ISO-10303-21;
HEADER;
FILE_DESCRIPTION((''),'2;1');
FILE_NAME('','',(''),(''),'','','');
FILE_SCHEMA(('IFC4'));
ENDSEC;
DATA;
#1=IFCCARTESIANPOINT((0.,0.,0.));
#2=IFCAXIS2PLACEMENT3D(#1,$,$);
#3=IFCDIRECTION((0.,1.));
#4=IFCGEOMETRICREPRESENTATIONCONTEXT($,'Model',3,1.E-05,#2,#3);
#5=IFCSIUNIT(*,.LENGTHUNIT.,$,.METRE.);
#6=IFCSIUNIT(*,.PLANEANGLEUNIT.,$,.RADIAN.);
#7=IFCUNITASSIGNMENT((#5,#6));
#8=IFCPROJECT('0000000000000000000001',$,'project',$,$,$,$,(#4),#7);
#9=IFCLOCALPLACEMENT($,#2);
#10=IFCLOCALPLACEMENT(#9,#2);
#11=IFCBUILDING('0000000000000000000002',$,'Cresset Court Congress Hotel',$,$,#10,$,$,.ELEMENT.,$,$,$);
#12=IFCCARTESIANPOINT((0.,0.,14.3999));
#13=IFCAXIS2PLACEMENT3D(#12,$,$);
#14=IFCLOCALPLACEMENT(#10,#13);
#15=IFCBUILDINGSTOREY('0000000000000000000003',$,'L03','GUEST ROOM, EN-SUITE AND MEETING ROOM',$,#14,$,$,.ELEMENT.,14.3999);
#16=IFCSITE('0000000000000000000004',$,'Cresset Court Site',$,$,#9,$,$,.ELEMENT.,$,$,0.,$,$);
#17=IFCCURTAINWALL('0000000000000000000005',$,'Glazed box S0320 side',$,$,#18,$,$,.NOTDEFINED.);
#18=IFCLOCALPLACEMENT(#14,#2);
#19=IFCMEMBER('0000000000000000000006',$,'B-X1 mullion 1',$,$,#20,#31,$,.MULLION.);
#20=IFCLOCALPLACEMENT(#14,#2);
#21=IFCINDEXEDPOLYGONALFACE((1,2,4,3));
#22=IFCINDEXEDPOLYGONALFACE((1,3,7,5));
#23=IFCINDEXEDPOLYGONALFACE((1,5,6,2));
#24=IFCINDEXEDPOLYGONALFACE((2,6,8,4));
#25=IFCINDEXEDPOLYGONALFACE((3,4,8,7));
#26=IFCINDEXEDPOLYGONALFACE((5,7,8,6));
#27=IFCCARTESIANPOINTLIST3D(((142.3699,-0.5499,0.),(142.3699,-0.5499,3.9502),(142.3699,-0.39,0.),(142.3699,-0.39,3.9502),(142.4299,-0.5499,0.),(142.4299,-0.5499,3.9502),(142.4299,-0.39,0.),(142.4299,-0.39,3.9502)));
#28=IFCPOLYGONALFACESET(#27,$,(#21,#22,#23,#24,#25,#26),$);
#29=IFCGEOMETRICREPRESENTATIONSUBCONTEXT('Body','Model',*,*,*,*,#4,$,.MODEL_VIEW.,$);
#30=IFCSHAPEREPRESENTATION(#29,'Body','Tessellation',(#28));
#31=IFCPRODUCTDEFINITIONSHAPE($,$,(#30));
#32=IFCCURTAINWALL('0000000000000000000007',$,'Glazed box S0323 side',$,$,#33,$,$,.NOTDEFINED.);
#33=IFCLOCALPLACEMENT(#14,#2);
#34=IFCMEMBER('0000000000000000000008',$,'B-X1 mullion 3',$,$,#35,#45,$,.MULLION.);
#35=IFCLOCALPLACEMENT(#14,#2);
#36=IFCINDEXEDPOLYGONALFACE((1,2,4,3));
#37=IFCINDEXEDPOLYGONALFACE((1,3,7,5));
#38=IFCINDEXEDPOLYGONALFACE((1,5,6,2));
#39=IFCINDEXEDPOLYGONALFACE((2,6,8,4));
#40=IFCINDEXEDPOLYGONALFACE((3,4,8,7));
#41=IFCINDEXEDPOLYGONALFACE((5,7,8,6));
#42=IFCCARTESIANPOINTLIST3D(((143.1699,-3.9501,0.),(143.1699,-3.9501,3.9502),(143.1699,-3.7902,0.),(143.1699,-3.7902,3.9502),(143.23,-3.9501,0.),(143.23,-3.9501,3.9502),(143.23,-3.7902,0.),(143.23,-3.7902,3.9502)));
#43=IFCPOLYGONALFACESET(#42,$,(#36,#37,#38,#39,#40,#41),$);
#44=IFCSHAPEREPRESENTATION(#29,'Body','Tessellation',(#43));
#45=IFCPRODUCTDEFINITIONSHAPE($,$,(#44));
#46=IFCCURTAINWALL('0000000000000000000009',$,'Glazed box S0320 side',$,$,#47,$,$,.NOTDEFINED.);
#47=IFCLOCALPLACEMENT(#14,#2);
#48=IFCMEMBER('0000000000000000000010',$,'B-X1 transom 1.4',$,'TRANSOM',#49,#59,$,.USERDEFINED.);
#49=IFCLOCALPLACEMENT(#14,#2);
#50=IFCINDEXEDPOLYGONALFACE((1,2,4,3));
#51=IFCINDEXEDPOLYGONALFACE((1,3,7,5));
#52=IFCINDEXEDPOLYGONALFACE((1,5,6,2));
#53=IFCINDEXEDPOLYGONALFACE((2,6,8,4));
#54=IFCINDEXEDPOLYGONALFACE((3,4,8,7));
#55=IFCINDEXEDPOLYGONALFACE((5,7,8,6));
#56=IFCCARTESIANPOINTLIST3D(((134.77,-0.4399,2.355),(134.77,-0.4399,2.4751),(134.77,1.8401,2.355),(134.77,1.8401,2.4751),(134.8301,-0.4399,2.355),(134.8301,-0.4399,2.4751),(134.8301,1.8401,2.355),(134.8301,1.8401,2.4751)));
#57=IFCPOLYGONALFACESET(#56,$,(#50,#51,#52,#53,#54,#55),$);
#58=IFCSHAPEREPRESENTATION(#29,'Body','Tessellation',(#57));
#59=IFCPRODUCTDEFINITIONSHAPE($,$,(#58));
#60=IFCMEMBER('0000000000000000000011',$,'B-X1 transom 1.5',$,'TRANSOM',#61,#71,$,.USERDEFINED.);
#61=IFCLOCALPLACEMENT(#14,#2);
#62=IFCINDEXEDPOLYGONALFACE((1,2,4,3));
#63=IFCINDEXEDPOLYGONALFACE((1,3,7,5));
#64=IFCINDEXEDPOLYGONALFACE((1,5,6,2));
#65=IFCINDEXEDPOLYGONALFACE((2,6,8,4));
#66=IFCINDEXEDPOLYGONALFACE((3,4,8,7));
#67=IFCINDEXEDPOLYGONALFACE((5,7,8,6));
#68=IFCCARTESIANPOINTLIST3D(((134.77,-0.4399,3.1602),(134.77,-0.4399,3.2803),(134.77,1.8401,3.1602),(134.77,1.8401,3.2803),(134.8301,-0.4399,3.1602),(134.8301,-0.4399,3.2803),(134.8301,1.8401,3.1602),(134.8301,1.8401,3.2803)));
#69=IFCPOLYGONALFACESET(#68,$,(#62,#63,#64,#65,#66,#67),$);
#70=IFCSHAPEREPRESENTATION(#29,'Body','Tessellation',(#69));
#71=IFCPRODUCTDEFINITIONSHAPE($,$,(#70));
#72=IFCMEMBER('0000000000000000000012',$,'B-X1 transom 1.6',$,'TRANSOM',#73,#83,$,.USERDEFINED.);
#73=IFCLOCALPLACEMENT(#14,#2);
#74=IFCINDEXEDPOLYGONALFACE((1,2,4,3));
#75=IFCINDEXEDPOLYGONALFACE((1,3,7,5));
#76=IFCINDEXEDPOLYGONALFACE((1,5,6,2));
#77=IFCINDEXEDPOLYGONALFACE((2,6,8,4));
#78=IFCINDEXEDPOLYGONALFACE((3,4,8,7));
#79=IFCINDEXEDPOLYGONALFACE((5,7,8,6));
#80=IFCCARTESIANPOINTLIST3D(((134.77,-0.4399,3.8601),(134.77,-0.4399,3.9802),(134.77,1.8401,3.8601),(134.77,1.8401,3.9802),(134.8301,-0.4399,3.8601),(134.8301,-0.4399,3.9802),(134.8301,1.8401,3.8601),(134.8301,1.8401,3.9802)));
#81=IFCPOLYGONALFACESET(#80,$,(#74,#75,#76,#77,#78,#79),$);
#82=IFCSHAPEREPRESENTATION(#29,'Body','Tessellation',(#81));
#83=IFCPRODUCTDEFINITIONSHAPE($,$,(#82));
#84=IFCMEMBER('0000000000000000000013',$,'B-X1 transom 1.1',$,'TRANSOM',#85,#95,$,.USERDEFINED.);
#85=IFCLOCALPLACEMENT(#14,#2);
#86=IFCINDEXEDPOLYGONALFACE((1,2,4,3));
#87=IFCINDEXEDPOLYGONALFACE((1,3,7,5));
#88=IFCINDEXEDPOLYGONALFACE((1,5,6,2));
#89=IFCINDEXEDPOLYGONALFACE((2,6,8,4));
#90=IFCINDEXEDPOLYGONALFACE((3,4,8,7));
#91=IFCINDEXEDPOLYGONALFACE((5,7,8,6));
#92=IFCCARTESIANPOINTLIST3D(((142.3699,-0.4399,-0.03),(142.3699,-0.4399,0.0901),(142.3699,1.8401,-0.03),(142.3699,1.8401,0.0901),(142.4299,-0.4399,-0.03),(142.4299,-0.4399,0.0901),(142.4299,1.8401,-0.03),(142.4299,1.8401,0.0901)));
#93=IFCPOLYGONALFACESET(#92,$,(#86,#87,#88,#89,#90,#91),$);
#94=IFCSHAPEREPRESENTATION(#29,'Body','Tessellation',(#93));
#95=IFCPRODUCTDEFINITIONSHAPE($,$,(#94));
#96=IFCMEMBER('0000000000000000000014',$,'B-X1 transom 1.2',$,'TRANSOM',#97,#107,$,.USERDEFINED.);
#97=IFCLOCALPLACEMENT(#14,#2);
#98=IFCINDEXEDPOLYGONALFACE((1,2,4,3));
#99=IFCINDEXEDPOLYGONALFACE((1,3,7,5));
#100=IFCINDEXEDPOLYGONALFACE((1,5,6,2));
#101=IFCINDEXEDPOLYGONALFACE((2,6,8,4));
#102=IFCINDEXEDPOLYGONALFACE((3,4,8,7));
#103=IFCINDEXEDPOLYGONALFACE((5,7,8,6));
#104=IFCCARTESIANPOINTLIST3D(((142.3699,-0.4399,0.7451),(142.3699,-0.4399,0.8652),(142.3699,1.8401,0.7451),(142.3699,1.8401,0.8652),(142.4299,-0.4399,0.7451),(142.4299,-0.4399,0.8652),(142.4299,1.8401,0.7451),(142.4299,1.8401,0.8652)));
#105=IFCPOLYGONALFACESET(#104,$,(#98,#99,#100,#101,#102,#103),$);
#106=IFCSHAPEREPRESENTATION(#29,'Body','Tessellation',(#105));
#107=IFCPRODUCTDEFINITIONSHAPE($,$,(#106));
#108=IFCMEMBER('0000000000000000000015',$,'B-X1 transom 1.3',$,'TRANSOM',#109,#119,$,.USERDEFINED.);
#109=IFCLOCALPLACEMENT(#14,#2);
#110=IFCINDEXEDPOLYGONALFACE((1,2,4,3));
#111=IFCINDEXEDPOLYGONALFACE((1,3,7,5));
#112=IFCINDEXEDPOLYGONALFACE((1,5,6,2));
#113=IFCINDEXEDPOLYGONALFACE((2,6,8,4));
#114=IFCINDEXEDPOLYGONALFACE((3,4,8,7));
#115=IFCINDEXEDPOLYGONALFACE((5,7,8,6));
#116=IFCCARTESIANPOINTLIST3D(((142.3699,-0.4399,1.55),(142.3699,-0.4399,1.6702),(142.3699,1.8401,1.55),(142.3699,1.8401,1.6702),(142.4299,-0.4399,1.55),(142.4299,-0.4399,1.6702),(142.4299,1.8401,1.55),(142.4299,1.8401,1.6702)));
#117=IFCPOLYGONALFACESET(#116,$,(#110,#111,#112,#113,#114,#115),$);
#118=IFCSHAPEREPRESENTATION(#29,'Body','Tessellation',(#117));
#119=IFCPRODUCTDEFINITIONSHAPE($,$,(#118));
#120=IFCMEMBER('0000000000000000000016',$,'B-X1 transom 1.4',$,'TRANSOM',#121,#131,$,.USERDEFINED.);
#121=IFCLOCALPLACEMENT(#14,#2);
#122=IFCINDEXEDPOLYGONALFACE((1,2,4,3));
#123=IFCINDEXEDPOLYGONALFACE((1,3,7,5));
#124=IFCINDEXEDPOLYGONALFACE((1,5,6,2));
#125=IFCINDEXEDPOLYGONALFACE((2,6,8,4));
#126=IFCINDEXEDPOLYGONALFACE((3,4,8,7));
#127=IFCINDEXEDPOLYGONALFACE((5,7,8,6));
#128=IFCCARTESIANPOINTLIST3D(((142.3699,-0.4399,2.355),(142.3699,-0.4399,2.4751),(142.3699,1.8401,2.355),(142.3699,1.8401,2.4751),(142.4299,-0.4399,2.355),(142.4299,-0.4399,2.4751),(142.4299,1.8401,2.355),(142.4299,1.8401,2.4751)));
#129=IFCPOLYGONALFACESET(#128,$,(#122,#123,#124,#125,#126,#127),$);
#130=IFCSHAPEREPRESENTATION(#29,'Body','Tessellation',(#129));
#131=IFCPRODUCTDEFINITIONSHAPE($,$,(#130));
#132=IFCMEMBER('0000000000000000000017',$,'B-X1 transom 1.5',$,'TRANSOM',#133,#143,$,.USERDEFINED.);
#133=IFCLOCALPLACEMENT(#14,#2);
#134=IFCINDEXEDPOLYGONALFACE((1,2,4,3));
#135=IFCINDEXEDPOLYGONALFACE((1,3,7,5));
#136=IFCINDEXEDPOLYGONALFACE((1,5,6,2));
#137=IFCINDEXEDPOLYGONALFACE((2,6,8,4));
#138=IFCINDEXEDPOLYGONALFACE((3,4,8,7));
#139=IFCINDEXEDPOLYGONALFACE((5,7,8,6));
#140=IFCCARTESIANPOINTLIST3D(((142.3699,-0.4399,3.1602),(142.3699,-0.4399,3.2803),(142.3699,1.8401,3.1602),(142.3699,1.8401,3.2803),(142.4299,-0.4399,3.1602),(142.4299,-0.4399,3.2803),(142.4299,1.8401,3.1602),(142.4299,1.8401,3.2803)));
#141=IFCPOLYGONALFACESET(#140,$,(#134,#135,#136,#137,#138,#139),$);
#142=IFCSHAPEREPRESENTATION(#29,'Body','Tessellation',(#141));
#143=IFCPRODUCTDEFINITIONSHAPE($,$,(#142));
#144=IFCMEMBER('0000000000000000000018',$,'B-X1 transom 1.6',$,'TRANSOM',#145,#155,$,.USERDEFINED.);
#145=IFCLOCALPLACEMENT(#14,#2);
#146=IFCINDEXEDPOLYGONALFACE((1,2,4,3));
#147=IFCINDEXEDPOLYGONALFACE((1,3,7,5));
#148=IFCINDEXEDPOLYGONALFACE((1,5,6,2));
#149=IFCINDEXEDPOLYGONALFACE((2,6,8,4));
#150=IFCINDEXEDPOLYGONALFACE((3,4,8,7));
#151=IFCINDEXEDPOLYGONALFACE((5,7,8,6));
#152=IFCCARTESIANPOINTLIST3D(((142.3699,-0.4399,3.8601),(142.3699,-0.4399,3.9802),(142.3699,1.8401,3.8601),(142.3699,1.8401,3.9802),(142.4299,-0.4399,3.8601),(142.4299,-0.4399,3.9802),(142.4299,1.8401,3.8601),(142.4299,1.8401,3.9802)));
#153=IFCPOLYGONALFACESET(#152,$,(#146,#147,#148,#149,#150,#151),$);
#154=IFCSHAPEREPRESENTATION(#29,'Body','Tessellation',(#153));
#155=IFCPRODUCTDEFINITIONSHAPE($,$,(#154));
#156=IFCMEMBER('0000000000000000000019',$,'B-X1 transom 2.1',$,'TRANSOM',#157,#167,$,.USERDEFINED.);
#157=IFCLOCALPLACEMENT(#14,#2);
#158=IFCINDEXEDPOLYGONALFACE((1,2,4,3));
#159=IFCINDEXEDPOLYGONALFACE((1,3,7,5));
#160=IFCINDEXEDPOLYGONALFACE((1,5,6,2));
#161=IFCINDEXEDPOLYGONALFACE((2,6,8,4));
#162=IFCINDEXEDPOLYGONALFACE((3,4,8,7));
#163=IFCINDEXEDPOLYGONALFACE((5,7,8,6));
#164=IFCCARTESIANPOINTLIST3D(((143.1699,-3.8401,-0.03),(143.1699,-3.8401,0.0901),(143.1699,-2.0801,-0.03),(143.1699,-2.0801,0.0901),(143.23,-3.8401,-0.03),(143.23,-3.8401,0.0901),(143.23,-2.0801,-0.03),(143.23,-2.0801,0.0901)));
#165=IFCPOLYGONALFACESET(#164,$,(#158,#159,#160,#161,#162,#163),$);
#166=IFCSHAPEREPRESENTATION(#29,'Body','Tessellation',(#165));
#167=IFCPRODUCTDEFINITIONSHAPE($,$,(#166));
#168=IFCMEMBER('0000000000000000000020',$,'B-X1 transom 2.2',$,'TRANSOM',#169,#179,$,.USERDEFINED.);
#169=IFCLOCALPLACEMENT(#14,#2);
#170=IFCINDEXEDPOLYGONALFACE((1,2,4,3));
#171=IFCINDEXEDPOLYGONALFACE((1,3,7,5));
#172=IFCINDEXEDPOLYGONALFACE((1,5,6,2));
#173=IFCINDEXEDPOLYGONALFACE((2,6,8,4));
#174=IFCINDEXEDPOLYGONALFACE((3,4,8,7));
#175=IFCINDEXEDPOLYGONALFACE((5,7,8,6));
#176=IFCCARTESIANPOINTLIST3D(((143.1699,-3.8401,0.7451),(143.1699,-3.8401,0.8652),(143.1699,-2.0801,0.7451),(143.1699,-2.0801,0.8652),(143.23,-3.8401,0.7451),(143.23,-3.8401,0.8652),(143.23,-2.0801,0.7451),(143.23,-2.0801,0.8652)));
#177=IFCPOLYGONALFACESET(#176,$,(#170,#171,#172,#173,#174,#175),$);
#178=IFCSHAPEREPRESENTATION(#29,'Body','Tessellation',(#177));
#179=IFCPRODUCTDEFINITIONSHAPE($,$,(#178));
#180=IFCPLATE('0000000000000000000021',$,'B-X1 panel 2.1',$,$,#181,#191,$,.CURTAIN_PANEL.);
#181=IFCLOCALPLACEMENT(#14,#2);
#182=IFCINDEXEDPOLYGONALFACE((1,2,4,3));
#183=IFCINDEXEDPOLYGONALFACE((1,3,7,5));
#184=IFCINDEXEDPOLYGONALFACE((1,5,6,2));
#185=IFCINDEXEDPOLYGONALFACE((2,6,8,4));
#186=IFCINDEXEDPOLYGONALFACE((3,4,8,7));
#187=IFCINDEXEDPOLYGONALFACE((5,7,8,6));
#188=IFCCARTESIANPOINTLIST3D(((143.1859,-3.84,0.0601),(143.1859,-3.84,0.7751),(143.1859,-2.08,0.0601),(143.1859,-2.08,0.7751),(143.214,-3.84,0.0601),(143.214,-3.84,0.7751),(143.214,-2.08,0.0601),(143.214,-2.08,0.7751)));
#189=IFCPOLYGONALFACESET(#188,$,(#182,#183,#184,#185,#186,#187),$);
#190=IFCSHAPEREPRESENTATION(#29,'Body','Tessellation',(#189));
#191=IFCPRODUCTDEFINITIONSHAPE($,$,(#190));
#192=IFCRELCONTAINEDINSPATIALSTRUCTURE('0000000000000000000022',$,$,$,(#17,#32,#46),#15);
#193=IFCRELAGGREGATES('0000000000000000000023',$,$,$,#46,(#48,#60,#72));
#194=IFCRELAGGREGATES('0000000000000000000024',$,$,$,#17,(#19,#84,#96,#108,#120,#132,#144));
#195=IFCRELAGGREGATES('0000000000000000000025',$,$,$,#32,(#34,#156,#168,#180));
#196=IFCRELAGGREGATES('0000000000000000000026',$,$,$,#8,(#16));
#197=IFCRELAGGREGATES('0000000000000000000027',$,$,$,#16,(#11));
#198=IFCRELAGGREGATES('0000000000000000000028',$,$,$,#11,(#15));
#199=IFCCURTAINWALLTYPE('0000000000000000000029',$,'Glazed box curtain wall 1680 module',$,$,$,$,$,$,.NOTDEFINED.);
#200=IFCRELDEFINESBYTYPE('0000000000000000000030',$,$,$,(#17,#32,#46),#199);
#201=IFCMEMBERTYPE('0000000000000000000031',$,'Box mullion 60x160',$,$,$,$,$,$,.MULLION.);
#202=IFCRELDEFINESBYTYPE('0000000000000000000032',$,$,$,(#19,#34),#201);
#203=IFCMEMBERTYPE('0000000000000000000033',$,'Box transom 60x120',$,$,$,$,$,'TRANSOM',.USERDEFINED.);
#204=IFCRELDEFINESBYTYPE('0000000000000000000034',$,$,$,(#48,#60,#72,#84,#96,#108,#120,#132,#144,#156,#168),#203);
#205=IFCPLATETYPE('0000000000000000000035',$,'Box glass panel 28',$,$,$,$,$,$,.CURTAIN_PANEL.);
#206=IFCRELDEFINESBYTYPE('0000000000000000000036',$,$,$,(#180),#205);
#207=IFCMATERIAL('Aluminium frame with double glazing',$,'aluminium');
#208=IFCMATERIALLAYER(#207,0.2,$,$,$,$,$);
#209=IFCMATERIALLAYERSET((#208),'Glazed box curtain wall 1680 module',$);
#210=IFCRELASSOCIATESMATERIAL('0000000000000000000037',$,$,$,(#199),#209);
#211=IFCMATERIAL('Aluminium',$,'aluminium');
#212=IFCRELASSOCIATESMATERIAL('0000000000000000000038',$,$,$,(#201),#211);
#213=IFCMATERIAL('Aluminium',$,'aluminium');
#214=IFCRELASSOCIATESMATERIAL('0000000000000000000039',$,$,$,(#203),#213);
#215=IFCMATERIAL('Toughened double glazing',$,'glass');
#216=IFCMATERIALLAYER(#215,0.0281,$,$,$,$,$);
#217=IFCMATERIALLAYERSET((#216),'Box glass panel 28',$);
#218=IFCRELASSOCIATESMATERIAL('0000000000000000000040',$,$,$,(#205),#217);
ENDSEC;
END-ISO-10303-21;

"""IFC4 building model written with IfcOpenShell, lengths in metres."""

from ifc_helpers import new_model, si_unit, direction, frame, origin, origin_2d, place, context, subcontext, project, spatial, rectangle, extrude, material, layer, layer_set, material_profile, profile_set, type_object, element, aggregate, save


model = new_model("IFC4")

# Units and contexts
model_context = context("Model", 3, precision=1e-05, world=origin(), true_north=direction((0.0, 1.0)))
body_context = subcontext(model_context, "Body", "Model", "MODEL_VIEW")
ifc_project = project(units=[si_unit("LENGTHUNIT", "METRE"), si_unit("PLANEANGLEUNIT", "RADIAN")], contexts=[model_context])

# Site, building, storey
site_placement = place(None, origin())
site = spatial("IfcSite", under=ifc_project, at=site_placement, Name="Cresset Court Site", CompositionType="ELEMENT", RefElevation=0.0)
building_placement = place(site_placement, origin())
building = spatial("IfcBuilding", under=site, at=building_placement, Name="Cresset Court Congress Hotel", CompositionType="ELEMENT")
storey_placement = place(building_placement, frame((0.0, 0.0, 14.3999)))
storey = spatial("IfcBuildingStorey", under=building, at=storey_placement, Name="L03", Description="GUEST ROOM, EN-SUITE AND MEETING ROOM", CompositionType="ELEMENT", Elevation=14.3999)

# Curtain walls, members
ifc_material_1 = material(Name="Aluminium frame with double glazing", Category="aluminium")
ifc_layer_1 = layer(ifc_material_1, 0.2)
ifc_layer_set_1 = layer_set([ifc_layer_1], Name="Glazed box curtain wall 1680 module")
curtain_wall_type = type_object("IfcCurtainWallType", Name="Glazed box curtain wall 1680 module", PredefinedType="NOTDEFINED", material=ifc_layer_set_1)
curtain_wall_1_placement = place(storey_placement, origin())
curtain_wall_1 = element("IfcCurtainWall", 1, at=curtain_wall_1_placement, inside=storey, type_object=curtain_wall_type, Name="Glazed box S0320 side", PredefinedType="NOTDEFINED")
ifc_material_2 = material(Name="Aluminium", Category="aluminium")
ifc_material_profile_1 = material_profile(ifc_material_2, rectangle(XDim=0.0601, YDim=0.1599, at=origin_2d()), Name="Box mullion 60x160")
ifc_profile_set_1 = profile_set([ifc_material_profile_1], Name="Aluminium")
member_type_1 = type_object("IfcMemberType", Name="Box mullion 60x160", PredefinedType="MULLION", material=ifc_profile_set_1)
member_1_placement = place(storey_placement, frame((142.3999, -0.47, 0.0), z_axis=(0.0, 0.0, 1.0), x_axis=(-1.0, 0.0, 0.0)))
member_1 = element("IfcMember", 2, at=member_1_placement, type_object=member_type_1, Name="B-X1 mullion 1", PredefinedType="MULLION", context=body_context, shape_type="SweptSolid", body=[
    extrude(rectangle(XDim=0.0601, YDim=0.1599, at=origin_2d()), origin(), (0.0, 0.0, 1.0), 3.9502),
])
curtain_wall_2_placement = place(storey_placement, origin())
curtain_wall_2 = element("IfcCurtainWall", 3, at=curtain_wall_2_placement, inside=storey, type_object=curtain_wall_type, Name="Glazed box S0323 side", PredefinedType="NOTDEFINED")
member_2_placement = place(storey_placement, frame((143.2, -3.8701, 0.0), z_axis=(0.0, 0.0, 1.0), x_axis=(1.0, 0.0, 0.0)))
member_2 = element("IfcMember", 4, at=member_2_placement, type_object=member_type_1, Name="B-X1 mullion 3", PredefinedType="MULLION", context=body_context, shape_type="SweptSolid", body=[
    extrude(rectangle(XDim=0.0601, YDim=0.1599, at=origin_2d()), origin(), (0.0, 0.0, 1.0), 3.9502),
])

# Curtain wall, members
curtain_wall_3_placement = place(storey_placement, origin())
curtain_wall_3 = element("IfcCurtainWall", 5, at=curtain_wall_3_placement, inside=storey, type_object=curtain_wall_type, Name="Glazed box S0320 side", PredefinedType="NOTDEFINED")
ifc_material_3 = material(Name="Aluminium", Category="aluminium")
ifc_material_profile_2 = material_profile(ifc_material_3, rectangle(XDim=0.0601, YDim=0.1201, at=origin_2d()), Name="Box transom 60x120")
ifc_profile_set_2 = profile_set([ifc_material_profile_2], Name="Aluminium")
member_type_2 = type_object("IfcMemberType", Name="Box transom 60x120", ElementType="TRANSOM", PredefinedType="USERDEFINED", material=ifc_profile_set_2)
member_3_placement = place(storey_placement, frame((134.8, -0.4399, 2.415), z_axis=(0.0, 1.0, 0.0), x_axis=(-1.0, 0.0, 0.0)))
member_3 = element("IfcMember", 6, at=member_3_placement, type_object=member_type_2, Name="B-X1 transom 1.4", ObjectType="TRANSOM", PredefinedType="USERDEFINED", context=body_context, shape_type="SweptSolid", body=[
    extrude(rectangle(XDim=0.0601, YDim=0.1201, at=origin_2d()), origin(), (0.0, 0.0, 1.0), 2.28),
])
member_4_placement = place(storey_placement, frame((134.8, -0.4399, 3.2202), z_axis=(0.0, 1.0, 0.0), x_axis=(-1.0, 0.0, 0.0)))
member_4 = element("IfcMember", 7, at=member_4_placement, type_object=member_type_2, Name="B-X1 transom 1.5", ObjectType="TRANSOM", PredefinedType="USERDEFINED", context=body_context, shape_type="SweptSolid", body=[
    extrude(rectangle(XDim=0.0601, YDim=0.1201, at=origin_2d()), origin(), (0.0, 0.0, 1.0), 2.28),
])
member_5_placement = place(storey_placement, frame((134.8, -0.4399, 3.9202), z_axis=(0.0, 1.0, 0.0), x_axis=(-1.0, 0.0, 0.0)))
member_5 = element("IfcMember", 8, at=member_5_placement, type_object=member_type_2, Name="B-X1 transom 1.6", ObjectType="TRANSOM", PredefinedType="USERDEFINED", context=body_context, shape_type="SweptSolid", body=[
    extrude(rectangle(XDim=0.0601, YDim=0.1201, at=origin_2d()), origin(), (0.0, 0.0, 1.0), 2.28),
])
aggregate(curtain_wall_3, [member_3, member_4, member_5])

# Members
member_6_placement = place(storey_placement, frame((142.3999, -0.4399, 0.03), z_axis=(0.0, 1.0, 0.0), x_axis=(-1.0, 0.0, 0.0)))
member_6 = element("IfcMember", 9, at=member_6_placement, type_object=member_type_2, Name="B-X1 transom 1.1", ObjectType="TRANSOM", PredefinedType="USERDEFINED", context=body_context, shape_type="SweptSolid", body=[
    extrude(rectangle(XDim=0.0601, YDim=0.1201, at=origin_2d()), origin(), (0.0, 0.0, 1.0), 2.28),
])
member_7_placement = place(storey_placement, frame((142.3999, -0.4399, 0.8052), z_axis=(0.0, 1.0, 0.0), x_axis=(-1.0, 0.0, 0.0)))
member_7 = element("IfcMember", 10, at=member_7_placement, type_object=member_type_2, Name="B-X1 transom 1.2", ObjectType="TRANSOM", PredefinedType="USERDEFINED", context=body_context, shape_type="SweptSolid", body=[
    extrude(rectangle(XDim=0.0601, YDim=0.1201, at=origin_2d()), origin(), (0.0, 0.0, 1.0), 2.28),
])
member_8_placement = place(storey_placement, frame((142.3999, -0.4399, 1.6101), z_axis=(0.0, 1.0, 0.0), x_axis=(-1.0, 0.0, 0.0)))
member_8 = element("IfcMember", 11, at=member_8_placement, type_object=member_type_2, Name="B-X1 transom 1.3", ObjectType="TRANSOM", PredefinedType="USERDEFINED", context=body_context, shape_type="SweptSolid", body=[
    extrude(rectangle(XDim=0.0601, YDim=0.1201, at=origin_2d()), origin(), (0.0, 0.0, 1.0), 2.28),
])
member_9_placement = place(storey_placement, frame((142.3999, -0.4399, 2.415), z_axis=(0.0, 1.0, 0.0), x_axis=(-1.0, 0.0, 0.0)))
member_9 = element("IfcMember", 12, at=member_9_placement, type_object=member_type_2, Name="B-X1 transom 1.4", ObjectType="TRANSOM", PredefinedType="USERDEFINED", context=body_context, shape_type="SweptSolid", body=[
    extrude(rectangle(XDim=0.0601, YDim=0.1201, at=origin_2d()), origin(), (0.0, 0.0, 1.0), 2.28),
])
member_10_placement = place(storey_placement, frame((142.3999, -0.4399, 3.2202), z_axis=(0.0, 1.0, 0.0), x_axis=(-1.0, 0.0, 0.0)))
member_10 = element("IfcMember", 13, at=member_10_placement, type_object=member_type_2, Name="B-X1 transom 1.5", ObjectType="TRANSOM", PredefinedType="USERDEFINED", context=body_context, shape_type="SweptSolid", body=[
    extrude(rectangle(XDim=0.0601, YDim=0.1201, at=origin_2d()), origin(), (0.0, 0.0, 1.0), 2.28),
])
member_11_placement = place(storey_placement, frame((142.3999, -0.4399, 3.9202), z_axis=(0.0, 1.0, 0.0), x_axis=(-1.0, 0.0, 0.0)))
member_11 = element("IfcMember", 14, at=member_11_placement, type_object=member_type_2, Name="B-X1 transom 1.6", ObjectType="TRANSOM", PredefinedType="USERDEFINED", context=body_context, shape_type="SweptSolid", body=[
    extrude(rectangle(XDim=0.0601, YDim=0.1201, at=origin_2d()), origin(), (0.0, 0.0, 1.0), 2.28),
])
aggregate(curtain_wall_1, [member_1, member_6, member_7, member_8, member_9, member_10, member_11])
member_12_placement = place(storey_placement, frame((143.2, -2.0801, 0.03), z_axis=(0.0, -1.0, 0.0), x_axis=(1.0, 0.0, 0.0)))
member_12 = element("IfcMember", 15, at=member_12_placement, type_object=member_type_2, Name="B-X1 transom 2.1", ObjectType="TRANSOM", PredefinedType="USERDEFINED", context=body_context, shape_type="SweptSolid", body=[
    extrude(rectangle(XDim=0.0601, YDim=0.1201, at=origin_2d()), origin(), (0.0, 0.0, 1.0), 1.76),
])
member_13_placement = place(storey_placement, frame((143.2, -2.0801, 0.8052), z_axis=(0.0, -1.0, 0.0), x_axis=(1.0, 0.0, 0.0)))
member_13 = element("IfcMember", 16, at=member_13_placement, type_object=member_type_2, Name="B-X1 transom 2.2", ObjectType="TRANSOM", PredefinedType="USERDEFINED", context=body_context, shape_type="SweptSolid", body=[
    extrude(rectangle(XDim=0.0601, YDim=0.1201, at=origin_2d()), origin(), (0.0, 0.0, 1.0), 1.76),
])

# Plate
ifc_material_4 = material(Name="Toughened double glazing", Category="glass")
ifc_layer_2 = layer(ifc_material_4, 0.0281)
ifc_layer_set_2 = layer_set([ifc_layer_2], Name="Box glass panel 28")
plate_type_1 = type_object("IfcPlateType", Name="Box glass panel 28", PredefinedType="CURTAIN_PANEL", material=ifc_layer_set_2)
plate_1_placement = place(storey_placement, frame((143.2, -2.96, 0.0601), z_axis=(0.0, 0.0, 1.0), x_axis=(0.0, -1.0, 0.0)))
plate_1 = element("IfcPlate", 17, at=plate_1_placement, type_object=plate_type_1, Name="B-X1 panel 2.1", PredefinedType="CURTAIN_PANEL", context=body_context, shape_type="SweptSolid", body=[
    extrude(rectangle(XDim=1.76, YDim=0.0281, at=origin_2d()), origin(), (0.0, 0.0, 1.0), 0.7151),
])
aggregate(curtain_wall_2, [member_2, member_12, member_13, plate_1])

save(model, "model.ifc")
